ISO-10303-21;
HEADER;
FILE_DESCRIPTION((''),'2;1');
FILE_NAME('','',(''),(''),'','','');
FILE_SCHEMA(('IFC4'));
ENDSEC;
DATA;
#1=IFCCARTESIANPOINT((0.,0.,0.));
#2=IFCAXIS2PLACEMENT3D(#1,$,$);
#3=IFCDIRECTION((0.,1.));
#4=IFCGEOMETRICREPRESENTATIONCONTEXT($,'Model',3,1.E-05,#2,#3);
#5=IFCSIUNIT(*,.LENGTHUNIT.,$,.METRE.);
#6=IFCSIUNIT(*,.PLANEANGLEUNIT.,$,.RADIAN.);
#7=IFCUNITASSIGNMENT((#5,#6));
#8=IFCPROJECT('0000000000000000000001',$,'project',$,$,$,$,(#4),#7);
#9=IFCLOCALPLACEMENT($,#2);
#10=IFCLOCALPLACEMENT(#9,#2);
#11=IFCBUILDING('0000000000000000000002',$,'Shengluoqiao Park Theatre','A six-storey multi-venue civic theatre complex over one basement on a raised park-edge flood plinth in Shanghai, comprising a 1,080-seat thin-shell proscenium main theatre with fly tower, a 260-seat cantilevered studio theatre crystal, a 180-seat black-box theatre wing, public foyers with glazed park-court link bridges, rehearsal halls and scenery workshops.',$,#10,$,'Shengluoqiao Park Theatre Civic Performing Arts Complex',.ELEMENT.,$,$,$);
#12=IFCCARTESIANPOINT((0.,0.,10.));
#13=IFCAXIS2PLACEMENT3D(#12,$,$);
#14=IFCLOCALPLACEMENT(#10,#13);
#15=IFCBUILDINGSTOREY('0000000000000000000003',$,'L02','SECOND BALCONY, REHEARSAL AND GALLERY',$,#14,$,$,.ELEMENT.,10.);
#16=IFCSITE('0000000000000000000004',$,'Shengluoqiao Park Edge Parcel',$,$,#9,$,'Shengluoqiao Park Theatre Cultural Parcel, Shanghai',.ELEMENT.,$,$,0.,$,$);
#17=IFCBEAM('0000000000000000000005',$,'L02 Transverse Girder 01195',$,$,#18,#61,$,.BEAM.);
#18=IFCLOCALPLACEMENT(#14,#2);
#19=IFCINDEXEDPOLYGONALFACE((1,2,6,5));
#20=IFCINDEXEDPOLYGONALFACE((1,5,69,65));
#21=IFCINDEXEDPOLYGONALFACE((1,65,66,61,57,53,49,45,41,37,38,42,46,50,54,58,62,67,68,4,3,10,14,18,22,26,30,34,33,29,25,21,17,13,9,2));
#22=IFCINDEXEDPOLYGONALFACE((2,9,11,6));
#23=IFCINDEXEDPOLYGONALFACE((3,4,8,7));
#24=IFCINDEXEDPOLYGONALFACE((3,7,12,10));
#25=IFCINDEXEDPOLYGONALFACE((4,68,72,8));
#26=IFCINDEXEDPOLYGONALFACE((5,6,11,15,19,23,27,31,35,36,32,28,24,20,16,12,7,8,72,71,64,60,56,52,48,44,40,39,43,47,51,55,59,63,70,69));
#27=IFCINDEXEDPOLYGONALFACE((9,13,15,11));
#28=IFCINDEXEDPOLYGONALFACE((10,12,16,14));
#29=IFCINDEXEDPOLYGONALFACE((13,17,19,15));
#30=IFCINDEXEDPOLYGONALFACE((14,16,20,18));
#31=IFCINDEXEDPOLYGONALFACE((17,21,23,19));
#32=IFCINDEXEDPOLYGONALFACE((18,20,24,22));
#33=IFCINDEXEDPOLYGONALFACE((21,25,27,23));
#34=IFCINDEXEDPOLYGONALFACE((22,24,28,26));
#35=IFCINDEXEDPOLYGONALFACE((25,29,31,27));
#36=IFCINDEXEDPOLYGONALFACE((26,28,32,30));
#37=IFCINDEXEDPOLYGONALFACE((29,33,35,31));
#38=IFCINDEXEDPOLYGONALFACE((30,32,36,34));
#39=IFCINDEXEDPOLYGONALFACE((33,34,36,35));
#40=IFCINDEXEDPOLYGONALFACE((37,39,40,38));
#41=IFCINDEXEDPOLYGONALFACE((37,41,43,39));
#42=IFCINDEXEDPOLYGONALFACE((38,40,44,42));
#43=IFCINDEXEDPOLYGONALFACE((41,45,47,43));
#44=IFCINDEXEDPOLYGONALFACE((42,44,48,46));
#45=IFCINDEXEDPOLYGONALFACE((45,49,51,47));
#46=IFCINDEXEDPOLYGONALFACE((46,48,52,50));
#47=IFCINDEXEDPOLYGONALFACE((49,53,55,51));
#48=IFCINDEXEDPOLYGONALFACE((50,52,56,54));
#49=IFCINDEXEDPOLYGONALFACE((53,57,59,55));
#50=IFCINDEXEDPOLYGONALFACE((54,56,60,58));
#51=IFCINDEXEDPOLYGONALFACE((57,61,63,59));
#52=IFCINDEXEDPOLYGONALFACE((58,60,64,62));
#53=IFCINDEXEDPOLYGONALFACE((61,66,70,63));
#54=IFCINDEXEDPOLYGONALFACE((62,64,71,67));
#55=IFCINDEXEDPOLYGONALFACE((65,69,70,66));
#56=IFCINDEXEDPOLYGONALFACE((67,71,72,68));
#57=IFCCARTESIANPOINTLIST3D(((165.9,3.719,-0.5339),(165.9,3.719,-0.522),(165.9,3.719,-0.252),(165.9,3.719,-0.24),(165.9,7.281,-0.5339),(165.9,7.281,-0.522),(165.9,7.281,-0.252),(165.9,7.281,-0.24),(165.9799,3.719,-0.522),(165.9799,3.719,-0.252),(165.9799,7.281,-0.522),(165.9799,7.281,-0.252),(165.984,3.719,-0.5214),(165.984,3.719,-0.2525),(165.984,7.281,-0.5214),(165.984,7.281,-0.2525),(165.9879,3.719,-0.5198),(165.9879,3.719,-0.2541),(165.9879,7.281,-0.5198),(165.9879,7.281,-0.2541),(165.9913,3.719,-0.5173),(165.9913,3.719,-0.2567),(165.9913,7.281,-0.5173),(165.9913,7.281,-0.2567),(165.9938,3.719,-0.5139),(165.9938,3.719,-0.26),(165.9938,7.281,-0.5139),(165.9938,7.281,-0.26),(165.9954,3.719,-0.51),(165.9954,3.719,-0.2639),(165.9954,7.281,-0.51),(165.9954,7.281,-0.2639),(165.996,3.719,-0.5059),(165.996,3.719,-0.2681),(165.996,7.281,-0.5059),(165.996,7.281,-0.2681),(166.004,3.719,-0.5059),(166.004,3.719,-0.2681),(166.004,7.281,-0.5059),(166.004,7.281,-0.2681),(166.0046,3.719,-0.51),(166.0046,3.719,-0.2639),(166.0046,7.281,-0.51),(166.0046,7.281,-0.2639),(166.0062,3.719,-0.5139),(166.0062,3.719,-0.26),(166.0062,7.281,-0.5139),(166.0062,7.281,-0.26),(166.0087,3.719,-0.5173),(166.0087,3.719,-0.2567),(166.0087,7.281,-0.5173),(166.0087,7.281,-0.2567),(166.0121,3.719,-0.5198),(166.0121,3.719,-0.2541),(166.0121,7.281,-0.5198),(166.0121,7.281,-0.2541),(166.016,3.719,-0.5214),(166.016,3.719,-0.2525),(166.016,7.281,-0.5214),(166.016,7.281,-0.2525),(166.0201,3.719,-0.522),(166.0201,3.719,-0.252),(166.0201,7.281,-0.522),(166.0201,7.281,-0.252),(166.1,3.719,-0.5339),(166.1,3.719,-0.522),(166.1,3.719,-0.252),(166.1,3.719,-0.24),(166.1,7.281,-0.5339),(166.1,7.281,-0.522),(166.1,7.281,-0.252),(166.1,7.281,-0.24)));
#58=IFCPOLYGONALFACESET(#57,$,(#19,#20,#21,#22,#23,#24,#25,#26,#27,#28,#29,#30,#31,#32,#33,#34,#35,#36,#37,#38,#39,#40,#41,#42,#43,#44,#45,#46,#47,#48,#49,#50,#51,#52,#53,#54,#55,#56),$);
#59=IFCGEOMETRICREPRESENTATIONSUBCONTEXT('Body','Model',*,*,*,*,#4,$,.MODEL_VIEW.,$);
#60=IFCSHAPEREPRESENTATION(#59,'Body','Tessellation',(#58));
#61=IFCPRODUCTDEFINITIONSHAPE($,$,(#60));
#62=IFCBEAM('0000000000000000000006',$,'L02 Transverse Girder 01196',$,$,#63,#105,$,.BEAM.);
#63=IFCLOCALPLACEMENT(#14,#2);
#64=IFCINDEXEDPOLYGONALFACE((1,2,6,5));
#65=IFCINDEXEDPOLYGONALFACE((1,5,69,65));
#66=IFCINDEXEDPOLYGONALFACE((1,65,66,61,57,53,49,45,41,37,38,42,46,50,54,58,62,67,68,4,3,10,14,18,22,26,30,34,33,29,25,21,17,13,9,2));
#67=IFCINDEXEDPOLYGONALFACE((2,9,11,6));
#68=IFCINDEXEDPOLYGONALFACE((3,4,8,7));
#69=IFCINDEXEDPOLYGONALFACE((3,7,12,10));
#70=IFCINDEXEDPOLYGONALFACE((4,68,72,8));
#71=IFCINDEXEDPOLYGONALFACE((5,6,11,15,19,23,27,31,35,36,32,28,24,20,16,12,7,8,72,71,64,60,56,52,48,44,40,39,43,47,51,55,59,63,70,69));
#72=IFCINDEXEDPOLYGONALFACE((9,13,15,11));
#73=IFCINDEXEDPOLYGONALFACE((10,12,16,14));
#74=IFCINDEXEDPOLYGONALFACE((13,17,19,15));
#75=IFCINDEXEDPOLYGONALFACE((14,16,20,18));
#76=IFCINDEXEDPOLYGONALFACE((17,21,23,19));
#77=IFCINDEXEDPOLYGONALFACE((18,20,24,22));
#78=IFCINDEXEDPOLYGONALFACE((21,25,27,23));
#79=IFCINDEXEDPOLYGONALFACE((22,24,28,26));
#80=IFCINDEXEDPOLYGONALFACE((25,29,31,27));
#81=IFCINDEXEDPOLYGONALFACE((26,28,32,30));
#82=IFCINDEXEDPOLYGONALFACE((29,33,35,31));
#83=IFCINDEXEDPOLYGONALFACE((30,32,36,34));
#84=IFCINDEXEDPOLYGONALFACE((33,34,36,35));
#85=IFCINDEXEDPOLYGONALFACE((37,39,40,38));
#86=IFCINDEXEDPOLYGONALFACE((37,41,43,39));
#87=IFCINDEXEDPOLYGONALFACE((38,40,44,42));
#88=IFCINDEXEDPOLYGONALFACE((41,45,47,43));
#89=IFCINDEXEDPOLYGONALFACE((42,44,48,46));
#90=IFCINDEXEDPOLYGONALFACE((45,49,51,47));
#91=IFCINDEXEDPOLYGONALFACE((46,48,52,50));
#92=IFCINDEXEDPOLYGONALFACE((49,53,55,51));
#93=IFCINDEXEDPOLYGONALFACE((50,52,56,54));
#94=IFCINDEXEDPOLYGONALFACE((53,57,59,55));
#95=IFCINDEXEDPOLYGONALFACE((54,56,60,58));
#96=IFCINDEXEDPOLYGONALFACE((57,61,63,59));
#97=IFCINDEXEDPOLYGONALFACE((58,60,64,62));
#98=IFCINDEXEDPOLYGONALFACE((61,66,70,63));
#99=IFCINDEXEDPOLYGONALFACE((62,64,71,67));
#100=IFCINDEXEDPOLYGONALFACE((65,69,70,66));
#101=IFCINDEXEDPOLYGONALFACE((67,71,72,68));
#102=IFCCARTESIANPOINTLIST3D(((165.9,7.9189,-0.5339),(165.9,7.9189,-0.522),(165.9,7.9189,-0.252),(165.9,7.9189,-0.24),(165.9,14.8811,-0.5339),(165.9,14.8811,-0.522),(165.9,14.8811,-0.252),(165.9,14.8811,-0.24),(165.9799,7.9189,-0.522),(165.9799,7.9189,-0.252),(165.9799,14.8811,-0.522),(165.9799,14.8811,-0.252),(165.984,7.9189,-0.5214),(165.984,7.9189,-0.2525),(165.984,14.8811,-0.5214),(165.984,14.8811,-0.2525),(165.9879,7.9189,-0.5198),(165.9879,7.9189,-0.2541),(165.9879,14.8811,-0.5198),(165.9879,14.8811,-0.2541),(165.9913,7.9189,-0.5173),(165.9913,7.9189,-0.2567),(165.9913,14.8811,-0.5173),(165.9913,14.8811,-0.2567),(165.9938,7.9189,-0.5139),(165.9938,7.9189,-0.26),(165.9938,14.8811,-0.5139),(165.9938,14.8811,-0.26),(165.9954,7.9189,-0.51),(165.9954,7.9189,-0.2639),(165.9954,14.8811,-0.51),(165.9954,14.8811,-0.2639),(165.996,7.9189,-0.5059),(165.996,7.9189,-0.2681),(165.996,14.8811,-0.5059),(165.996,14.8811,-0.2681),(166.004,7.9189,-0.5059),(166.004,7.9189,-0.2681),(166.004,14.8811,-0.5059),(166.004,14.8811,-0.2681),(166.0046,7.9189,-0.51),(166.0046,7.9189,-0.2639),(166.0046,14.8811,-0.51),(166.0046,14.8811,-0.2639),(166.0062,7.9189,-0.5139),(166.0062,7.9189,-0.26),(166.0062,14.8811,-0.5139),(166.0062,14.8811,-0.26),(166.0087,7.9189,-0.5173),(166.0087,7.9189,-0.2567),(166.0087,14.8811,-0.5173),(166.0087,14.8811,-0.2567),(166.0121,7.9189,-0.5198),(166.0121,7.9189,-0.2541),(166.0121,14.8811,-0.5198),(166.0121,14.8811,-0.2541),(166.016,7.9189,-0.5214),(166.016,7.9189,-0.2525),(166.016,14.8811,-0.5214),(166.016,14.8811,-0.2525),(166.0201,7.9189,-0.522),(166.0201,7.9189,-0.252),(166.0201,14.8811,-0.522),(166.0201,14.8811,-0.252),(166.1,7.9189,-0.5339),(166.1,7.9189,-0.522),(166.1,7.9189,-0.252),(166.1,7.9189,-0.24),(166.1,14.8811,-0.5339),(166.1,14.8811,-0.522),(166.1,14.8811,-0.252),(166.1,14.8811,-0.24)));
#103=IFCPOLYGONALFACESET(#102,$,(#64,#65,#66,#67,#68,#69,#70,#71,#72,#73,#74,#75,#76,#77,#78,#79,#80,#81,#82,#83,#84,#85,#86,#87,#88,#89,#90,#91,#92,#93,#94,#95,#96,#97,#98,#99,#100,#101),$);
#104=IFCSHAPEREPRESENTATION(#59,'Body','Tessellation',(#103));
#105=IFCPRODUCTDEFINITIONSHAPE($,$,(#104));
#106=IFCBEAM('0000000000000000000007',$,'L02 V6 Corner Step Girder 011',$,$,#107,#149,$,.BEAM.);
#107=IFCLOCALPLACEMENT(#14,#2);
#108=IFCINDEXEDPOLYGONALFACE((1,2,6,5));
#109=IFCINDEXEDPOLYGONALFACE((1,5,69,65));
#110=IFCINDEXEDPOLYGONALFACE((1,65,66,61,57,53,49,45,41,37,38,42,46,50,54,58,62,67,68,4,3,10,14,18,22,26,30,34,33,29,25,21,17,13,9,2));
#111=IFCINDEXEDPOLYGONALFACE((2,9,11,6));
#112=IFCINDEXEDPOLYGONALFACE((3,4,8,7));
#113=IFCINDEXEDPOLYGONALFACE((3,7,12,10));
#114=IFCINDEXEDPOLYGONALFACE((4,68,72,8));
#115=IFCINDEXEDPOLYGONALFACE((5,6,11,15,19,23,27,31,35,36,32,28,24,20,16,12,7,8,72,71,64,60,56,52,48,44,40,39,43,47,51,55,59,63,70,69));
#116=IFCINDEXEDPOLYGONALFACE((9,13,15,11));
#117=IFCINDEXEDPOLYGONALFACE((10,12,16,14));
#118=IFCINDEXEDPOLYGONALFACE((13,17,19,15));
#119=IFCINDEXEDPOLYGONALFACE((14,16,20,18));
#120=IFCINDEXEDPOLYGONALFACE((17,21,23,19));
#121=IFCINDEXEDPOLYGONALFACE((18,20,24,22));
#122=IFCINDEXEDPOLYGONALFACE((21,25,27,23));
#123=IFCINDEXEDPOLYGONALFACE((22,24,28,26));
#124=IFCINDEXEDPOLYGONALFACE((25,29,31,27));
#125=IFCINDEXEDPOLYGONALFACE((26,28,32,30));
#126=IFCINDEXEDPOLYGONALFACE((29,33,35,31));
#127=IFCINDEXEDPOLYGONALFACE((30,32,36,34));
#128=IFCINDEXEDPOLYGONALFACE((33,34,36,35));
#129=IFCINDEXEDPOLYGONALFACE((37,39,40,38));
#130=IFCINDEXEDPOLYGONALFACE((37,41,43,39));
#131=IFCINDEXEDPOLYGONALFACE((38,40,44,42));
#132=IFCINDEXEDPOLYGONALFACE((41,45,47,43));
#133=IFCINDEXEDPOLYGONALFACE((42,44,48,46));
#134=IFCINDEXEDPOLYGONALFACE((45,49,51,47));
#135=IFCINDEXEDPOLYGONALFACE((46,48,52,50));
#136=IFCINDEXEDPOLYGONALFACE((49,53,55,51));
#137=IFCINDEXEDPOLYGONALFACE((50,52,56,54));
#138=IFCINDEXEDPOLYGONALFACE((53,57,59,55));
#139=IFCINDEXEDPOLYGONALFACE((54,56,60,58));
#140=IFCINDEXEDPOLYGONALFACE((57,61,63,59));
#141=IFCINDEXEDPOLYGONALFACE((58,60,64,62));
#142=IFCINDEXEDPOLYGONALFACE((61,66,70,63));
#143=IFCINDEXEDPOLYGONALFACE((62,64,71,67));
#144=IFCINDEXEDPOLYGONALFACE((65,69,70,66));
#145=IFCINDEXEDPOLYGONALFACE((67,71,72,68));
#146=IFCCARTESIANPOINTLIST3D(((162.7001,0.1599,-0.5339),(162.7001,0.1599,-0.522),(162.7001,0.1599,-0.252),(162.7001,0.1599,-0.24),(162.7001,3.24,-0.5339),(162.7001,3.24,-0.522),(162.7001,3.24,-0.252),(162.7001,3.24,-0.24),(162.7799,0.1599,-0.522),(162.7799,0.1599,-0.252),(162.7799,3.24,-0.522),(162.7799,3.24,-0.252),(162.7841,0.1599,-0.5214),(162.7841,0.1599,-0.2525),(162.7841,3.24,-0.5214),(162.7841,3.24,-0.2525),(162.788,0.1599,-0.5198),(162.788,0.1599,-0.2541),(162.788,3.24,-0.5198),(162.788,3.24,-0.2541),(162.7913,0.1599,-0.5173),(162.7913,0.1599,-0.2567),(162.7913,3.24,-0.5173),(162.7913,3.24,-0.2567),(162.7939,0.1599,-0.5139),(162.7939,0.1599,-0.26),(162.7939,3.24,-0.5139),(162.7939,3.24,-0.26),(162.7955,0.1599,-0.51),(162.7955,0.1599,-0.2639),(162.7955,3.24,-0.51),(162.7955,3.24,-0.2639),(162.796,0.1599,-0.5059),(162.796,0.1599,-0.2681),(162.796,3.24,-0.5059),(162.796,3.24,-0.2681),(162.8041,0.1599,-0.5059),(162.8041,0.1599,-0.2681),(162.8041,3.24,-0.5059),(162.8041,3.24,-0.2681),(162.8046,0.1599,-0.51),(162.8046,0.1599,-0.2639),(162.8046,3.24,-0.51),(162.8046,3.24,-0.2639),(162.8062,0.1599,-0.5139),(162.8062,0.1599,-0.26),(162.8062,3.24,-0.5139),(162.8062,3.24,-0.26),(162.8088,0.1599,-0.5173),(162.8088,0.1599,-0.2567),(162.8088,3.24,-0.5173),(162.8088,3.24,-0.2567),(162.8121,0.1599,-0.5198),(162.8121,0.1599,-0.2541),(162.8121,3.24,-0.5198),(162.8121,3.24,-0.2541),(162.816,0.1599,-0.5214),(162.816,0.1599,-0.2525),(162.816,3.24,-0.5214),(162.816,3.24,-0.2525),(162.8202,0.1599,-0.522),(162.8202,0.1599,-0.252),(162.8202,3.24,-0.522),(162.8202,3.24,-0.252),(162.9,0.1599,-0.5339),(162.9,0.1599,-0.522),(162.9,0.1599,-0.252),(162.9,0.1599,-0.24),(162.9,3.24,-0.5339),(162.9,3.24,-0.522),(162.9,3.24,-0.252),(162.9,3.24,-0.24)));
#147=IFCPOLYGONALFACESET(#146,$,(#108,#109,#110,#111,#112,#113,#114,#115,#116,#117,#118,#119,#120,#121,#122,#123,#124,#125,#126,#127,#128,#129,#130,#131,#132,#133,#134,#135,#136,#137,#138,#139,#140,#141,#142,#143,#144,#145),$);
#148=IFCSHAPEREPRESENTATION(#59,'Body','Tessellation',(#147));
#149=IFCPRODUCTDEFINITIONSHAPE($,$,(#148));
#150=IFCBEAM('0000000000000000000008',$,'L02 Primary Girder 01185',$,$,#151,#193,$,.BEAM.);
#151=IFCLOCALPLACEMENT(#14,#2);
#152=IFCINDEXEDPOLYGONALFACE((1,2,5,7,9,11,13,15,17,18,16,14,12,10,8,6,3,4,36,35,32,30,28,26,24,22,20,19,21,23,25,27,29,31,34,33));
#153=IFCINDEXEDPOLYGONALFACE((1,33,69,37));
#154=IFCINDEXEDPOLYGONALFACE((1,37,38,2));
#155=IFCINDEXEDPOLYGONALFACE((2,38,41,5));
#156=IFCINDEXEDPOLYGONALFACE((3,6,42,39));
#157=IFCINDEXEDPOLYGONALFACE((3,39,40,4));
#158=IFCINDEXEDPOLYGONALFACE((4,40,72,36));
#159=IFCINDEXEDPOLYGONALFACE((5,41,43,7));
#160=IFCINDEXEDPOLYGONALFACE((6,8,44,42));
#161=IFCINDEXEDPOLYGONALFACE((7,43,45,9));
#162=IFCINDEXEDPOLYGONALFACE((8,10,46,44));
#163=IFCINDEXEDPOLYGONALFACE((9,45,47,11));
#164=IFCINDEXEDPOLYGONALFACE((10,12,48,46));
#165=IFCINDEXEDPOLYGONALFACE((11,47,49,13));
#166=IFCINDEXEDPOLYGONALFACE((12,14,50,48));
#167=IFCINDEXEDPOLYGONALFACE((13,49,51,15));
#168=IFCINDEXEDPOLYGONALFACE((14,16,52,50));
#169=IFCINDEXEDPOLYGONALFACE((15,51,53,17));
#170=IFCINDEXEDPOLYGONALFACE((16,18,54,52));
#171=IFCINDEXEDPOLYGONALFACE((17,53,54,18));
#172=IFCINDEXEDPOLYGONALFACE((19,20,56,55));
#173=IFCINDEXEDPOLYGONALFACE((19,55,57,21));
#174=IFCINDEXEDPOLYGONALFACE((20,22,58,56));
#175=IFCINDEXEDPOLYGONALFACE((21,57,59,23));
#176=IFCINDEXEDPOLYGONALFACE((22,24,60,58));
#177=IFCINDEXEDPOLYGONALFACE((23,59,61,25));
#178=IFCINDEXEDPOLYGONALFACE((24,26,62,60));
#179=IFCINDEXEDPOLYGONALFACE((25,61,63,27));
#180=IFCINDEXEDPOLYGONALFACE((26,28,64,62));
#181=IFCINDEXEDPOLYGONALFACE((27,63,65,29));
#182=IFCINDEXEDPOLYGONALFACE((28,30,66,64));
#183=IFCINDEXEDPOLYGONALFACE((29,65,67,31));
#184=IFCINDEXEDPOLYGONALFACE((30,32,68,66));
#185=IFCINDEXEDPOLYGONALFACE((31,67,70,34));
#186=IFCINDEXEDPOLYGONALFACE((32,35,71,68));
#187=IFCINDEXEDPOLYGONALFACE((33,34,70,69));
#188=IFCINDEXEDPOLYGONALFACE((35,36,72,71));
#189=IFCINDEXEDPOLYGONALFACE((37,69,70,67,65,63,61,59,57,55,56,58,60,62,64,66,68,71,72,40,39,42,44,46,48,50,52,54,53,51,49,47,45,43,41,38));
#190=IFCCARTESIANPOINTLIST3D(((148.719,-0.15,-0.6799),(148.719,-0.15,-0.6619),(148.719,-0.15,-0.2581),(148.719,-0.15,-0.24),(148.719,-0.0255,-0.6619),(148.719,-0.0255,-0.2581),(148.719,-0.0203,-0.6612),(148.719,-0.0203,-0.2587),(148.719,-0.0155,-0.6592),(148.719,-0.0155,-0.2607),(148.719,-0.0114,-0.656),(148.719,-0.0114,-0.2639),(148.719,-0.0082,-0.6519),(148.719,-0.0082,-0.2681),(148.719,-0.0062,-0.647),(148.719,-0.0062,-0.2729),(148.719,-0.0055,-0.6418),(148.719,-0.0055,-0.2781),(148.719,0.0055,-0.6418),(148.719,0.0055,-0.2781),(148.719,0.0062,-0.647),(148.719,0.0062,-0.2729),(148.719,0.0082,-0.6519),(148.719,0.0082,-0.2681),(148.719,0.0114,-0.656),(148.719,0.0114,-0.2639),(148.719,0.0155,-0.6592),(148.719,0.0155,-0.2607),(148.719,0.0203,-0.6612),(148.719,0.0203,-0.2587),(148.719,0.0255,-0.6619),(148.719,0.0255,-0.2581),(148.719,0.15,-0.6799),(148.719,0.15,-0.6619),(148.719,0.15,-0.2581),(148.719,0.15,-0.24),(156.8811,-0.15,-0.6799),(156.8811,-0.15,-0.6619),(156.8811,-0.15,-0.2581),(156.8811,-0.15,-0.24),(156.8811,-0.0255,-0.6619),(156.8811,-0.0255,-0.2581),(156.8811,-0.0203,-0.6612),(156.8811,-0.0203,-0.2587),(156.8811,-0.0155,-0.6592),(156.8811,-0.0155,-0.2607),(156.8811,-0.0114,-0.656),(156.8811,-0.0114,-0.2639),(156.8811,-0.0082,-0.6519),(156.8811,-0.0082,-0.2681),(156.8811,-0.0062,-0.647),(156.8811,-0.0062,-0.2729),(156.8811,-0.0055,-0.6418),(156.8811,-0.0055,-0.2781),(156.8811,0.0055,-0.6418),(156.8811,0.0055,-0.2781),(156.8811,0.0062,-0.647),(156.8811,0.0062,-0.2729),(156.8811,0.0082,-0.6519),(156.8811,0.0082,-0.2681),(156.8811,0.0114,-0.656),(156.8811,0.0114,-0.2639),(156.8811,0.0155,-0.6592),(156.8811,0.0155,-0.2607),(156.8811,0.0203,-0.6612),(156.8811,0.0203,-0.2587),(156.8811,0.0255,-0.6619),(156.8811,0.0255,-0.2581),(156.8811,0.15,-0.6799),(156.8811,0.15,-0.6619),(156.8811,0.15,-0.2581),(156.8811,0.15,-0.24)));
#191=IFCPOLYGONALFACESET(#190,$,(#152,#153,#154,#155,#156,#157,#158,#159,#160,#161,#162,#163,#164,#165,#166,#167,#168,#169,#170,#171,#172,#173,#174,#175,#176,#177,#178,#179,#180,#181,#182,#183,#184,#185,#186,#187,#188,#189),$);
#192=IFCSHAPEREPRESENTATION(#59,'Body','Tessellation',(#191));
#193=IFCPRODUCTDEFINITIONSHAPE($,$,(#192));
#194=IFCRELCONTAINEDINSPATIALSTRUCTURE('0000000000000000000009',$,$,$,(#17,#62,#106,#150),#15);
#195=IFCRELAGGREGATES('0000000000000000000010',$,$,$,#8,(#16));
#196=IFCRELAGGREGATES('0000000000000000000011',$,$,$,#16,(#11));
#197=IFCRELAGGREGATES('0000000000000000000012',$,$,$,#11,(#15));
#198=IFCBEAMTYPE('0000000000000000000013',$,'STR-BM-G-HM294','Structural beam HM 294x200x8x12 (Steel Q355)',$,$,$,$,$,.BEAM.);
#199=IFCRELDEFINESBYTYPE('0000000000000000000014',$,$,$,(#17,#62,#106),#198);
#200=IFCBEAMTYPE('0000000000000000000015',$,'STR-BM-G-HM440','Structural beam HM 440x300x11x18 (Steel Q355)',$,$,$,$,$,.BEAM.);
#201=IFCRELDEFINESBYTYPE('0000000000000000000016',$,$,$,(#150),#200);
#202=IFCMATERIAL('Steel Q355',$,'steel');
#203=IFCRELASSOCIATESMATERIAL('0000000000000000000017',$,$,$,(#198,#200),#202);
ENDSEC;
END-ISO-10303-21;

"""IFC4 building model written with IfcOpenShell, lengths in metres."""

from ifc_helpers import new_model, si_unit, direction, frame, origin, origin_2d, place, context, subcontext, project, spatial, i_section, extrude, material, material_profile, profile_set, type_object, element, save


model = new_model("IFC4")

# Units and contexts
model_context = context("Model", 3, precision=1e-05, world=origin(), true_north=direction((0.0, 1.0)))
body_context = subcontext(model_context, "Body", "Model", "MODEL_VIEW")
ifc_project = project(units=[si_unit("LENGTHUNIT", "METRE"), si_unit("PLANEANGLEUNIT", "RADIAN")], contexts=[model_context])

# Site, building, storey
site_placement = place(None, origin())
site = spatial("IfcSite", under=ifc_project, at=site_placement, Name="Shengluoqiao Park Edge Parcel", LongName="Shengluoqiao Park Theatre Cultural Parcel, Shanghai", CompositionType="ELEMENT", RefElevation=0.0)
building_placement = place(site_placement, origin())
building = spatial("IfcBuilding", under=site, at=building_placement, Name="Shengluoqiao Park Theatre", Description="A six-storey multi-venue civic theatre complex over one basement on a raised park-edge flood plinth in Shanghai, comprising a 1,080-seat thin-shell proscenium main theatre with fly tower, a 260-seat cantilevered studio theatre crystal, a 180-seat black-box theatre wing, public foyers with glazed park-court link bridges, rehearsal halls and scenery workshops.", LongName="Shengluoqiao Park Theatre Civic Performing Arts Complex", CompositionType="ELEMENT")
storey_placement = place(building_placement, frame((0.0, 0.0, 10.0)))
storey = spatial("IfcBuildingStorey", under=building, at=storey_placement, Name="L02", Description="SECOND BALCONY, REHEARSAL AND GALLERY", CompositionType="ELEMENT", Elevation=10.0)

# Beams
ifc_material_1 = material(Name="Steel Q355", Category="steel")
ifc_material_profile_1 = material_profile(ifc_material_1, i_section(OverallWidth=0.2, OverallDepth=0.2939, WebThickness=0.0081, FlangeThickness=0.012, FilletRadius=0.0161, at=origin_2d()), Name="HM 294x200x8x12")
ifc_profile_set_1 = profile_set([ifc_material_profile_1], Name="Steel Q355")
beam_type_1 = type_object("IfcBeamType", Name="STR-BM-G-HM294", Description="Structural beam HM 294x200x8x12 (Steel Q355)", PredefinedType="BEAM", material=ifc_profile_set_1)
beam_1_placement = place(storey_placement, frame((166.0, 3.719, -0.387), z_axis=(0.0, 1.0, 0.0), x_axis=(-1.0, 0.0, 0.0)))
element("IfcBeam", 1, at=beam_1_placement, inside=storey, type_object=beam_type_1, Name="L02 Transverse Girder 01195", PredefinedType="BEAM", context=body_context, shape_type="SweptSolid", body=[
    extrude(i_section(OverallWidth=0.2, OverallDepth=0.2939, WebThickness=0.0081, FlangeThickness=0.012, FilletRadius=0.0161, at=origin_2d()), origin(), (0.0, 0.0, 1.0), 3.562),
])
beam_2_placement = place(storey_placement, frame((166.0, 7.9189, -0.387), z_axis=(0.0, 1.0, 0.0), x_axis=(-1.0, 0.0, 0.0)))
element("IfcBeam", 2, at=beam_2_placement, inside=storey, type_object=beam_type_1, Name="L02 Transverse Girder 01196", PredefinedType="BEAM", context=body_context, shape_type="SweptSolid", body=[
    extrude(i_section(OverallWidth=0.2, OverallDepth=0.2939, WebThickness=0.0081, FlangeThickness=0.012, FilletRadius=0.0161, at=origin_2d()), origin(), (0.0, 0.0, 1.0), 6.9622),
])
beam_3_placement = place(storey_placement, frame((162.8, 0.1599, -0.387), z_axis=(0.0, 1.0, 0.0), x_axis=(-1.0, 0.0, 0.0)))
element("IfcBeam", 3, at=beam_3_placement, inside=storey, type_object=beam_type_1, Name="L02 V6 Corner Step Girder 011", PredefinedType="BEAM", context=body_context, shape_type="SweptSolid", body=[
    extrude(i_section(OverallWidth=0.2, OverallDepth=0.2939, WebThickness=0.0081, FlangeThickness=0.012, FilletRadius=0.0161, at=origin_2d()), origin(), (0.0, 0.0, 1.0), 3.0801),
])
ifc_material_profile_2 = material_profile(ifc_material_1, i_section(OverallWidth=0.3, OverallDepth=0.4399, WebThickness=0.011, FlangeThickness=0.0181, FilletRadius=0.02, at=origin_2d()), Name="HM 440x300x11x18")
ifc_profile_set_2 = profile_set([ifc_material_profile_2], Name="Steel Q355")
beam_type_2 = type_object("IfcBeamType", Name="STR-BM-G-HM440", Description="Structural beam HM 440x300x11x18 (Steel Q355)", PredefinedType="BEAM", material=ifc_profile_set_2)
beam_4_placement = place(storey_placement, frame((148.719, 0.0, -0.46), z_axis=(1.0, 0.0, 0.0), x_axis=(0.0, 1.0, 0.0)))
element("IfcBeam", 4, at=beam_4_placement, inside=storey, type_object=beam_type_2, Name="L02 Primary Girder 01185", PredefinedType="BEAM", context=body_context, shape_type="SweptSolid", body=[
    extrude(i_section(OverallWidth=0.3, OverallDepth=0.4399, WebThickness=0.011, FlangeThickness=0.0181, FilletRadius=0.02, at=origin_2d()), origin(), (0.0, 0.0, 1.0), 8.1621),
])

save(model, "model.ifc")
